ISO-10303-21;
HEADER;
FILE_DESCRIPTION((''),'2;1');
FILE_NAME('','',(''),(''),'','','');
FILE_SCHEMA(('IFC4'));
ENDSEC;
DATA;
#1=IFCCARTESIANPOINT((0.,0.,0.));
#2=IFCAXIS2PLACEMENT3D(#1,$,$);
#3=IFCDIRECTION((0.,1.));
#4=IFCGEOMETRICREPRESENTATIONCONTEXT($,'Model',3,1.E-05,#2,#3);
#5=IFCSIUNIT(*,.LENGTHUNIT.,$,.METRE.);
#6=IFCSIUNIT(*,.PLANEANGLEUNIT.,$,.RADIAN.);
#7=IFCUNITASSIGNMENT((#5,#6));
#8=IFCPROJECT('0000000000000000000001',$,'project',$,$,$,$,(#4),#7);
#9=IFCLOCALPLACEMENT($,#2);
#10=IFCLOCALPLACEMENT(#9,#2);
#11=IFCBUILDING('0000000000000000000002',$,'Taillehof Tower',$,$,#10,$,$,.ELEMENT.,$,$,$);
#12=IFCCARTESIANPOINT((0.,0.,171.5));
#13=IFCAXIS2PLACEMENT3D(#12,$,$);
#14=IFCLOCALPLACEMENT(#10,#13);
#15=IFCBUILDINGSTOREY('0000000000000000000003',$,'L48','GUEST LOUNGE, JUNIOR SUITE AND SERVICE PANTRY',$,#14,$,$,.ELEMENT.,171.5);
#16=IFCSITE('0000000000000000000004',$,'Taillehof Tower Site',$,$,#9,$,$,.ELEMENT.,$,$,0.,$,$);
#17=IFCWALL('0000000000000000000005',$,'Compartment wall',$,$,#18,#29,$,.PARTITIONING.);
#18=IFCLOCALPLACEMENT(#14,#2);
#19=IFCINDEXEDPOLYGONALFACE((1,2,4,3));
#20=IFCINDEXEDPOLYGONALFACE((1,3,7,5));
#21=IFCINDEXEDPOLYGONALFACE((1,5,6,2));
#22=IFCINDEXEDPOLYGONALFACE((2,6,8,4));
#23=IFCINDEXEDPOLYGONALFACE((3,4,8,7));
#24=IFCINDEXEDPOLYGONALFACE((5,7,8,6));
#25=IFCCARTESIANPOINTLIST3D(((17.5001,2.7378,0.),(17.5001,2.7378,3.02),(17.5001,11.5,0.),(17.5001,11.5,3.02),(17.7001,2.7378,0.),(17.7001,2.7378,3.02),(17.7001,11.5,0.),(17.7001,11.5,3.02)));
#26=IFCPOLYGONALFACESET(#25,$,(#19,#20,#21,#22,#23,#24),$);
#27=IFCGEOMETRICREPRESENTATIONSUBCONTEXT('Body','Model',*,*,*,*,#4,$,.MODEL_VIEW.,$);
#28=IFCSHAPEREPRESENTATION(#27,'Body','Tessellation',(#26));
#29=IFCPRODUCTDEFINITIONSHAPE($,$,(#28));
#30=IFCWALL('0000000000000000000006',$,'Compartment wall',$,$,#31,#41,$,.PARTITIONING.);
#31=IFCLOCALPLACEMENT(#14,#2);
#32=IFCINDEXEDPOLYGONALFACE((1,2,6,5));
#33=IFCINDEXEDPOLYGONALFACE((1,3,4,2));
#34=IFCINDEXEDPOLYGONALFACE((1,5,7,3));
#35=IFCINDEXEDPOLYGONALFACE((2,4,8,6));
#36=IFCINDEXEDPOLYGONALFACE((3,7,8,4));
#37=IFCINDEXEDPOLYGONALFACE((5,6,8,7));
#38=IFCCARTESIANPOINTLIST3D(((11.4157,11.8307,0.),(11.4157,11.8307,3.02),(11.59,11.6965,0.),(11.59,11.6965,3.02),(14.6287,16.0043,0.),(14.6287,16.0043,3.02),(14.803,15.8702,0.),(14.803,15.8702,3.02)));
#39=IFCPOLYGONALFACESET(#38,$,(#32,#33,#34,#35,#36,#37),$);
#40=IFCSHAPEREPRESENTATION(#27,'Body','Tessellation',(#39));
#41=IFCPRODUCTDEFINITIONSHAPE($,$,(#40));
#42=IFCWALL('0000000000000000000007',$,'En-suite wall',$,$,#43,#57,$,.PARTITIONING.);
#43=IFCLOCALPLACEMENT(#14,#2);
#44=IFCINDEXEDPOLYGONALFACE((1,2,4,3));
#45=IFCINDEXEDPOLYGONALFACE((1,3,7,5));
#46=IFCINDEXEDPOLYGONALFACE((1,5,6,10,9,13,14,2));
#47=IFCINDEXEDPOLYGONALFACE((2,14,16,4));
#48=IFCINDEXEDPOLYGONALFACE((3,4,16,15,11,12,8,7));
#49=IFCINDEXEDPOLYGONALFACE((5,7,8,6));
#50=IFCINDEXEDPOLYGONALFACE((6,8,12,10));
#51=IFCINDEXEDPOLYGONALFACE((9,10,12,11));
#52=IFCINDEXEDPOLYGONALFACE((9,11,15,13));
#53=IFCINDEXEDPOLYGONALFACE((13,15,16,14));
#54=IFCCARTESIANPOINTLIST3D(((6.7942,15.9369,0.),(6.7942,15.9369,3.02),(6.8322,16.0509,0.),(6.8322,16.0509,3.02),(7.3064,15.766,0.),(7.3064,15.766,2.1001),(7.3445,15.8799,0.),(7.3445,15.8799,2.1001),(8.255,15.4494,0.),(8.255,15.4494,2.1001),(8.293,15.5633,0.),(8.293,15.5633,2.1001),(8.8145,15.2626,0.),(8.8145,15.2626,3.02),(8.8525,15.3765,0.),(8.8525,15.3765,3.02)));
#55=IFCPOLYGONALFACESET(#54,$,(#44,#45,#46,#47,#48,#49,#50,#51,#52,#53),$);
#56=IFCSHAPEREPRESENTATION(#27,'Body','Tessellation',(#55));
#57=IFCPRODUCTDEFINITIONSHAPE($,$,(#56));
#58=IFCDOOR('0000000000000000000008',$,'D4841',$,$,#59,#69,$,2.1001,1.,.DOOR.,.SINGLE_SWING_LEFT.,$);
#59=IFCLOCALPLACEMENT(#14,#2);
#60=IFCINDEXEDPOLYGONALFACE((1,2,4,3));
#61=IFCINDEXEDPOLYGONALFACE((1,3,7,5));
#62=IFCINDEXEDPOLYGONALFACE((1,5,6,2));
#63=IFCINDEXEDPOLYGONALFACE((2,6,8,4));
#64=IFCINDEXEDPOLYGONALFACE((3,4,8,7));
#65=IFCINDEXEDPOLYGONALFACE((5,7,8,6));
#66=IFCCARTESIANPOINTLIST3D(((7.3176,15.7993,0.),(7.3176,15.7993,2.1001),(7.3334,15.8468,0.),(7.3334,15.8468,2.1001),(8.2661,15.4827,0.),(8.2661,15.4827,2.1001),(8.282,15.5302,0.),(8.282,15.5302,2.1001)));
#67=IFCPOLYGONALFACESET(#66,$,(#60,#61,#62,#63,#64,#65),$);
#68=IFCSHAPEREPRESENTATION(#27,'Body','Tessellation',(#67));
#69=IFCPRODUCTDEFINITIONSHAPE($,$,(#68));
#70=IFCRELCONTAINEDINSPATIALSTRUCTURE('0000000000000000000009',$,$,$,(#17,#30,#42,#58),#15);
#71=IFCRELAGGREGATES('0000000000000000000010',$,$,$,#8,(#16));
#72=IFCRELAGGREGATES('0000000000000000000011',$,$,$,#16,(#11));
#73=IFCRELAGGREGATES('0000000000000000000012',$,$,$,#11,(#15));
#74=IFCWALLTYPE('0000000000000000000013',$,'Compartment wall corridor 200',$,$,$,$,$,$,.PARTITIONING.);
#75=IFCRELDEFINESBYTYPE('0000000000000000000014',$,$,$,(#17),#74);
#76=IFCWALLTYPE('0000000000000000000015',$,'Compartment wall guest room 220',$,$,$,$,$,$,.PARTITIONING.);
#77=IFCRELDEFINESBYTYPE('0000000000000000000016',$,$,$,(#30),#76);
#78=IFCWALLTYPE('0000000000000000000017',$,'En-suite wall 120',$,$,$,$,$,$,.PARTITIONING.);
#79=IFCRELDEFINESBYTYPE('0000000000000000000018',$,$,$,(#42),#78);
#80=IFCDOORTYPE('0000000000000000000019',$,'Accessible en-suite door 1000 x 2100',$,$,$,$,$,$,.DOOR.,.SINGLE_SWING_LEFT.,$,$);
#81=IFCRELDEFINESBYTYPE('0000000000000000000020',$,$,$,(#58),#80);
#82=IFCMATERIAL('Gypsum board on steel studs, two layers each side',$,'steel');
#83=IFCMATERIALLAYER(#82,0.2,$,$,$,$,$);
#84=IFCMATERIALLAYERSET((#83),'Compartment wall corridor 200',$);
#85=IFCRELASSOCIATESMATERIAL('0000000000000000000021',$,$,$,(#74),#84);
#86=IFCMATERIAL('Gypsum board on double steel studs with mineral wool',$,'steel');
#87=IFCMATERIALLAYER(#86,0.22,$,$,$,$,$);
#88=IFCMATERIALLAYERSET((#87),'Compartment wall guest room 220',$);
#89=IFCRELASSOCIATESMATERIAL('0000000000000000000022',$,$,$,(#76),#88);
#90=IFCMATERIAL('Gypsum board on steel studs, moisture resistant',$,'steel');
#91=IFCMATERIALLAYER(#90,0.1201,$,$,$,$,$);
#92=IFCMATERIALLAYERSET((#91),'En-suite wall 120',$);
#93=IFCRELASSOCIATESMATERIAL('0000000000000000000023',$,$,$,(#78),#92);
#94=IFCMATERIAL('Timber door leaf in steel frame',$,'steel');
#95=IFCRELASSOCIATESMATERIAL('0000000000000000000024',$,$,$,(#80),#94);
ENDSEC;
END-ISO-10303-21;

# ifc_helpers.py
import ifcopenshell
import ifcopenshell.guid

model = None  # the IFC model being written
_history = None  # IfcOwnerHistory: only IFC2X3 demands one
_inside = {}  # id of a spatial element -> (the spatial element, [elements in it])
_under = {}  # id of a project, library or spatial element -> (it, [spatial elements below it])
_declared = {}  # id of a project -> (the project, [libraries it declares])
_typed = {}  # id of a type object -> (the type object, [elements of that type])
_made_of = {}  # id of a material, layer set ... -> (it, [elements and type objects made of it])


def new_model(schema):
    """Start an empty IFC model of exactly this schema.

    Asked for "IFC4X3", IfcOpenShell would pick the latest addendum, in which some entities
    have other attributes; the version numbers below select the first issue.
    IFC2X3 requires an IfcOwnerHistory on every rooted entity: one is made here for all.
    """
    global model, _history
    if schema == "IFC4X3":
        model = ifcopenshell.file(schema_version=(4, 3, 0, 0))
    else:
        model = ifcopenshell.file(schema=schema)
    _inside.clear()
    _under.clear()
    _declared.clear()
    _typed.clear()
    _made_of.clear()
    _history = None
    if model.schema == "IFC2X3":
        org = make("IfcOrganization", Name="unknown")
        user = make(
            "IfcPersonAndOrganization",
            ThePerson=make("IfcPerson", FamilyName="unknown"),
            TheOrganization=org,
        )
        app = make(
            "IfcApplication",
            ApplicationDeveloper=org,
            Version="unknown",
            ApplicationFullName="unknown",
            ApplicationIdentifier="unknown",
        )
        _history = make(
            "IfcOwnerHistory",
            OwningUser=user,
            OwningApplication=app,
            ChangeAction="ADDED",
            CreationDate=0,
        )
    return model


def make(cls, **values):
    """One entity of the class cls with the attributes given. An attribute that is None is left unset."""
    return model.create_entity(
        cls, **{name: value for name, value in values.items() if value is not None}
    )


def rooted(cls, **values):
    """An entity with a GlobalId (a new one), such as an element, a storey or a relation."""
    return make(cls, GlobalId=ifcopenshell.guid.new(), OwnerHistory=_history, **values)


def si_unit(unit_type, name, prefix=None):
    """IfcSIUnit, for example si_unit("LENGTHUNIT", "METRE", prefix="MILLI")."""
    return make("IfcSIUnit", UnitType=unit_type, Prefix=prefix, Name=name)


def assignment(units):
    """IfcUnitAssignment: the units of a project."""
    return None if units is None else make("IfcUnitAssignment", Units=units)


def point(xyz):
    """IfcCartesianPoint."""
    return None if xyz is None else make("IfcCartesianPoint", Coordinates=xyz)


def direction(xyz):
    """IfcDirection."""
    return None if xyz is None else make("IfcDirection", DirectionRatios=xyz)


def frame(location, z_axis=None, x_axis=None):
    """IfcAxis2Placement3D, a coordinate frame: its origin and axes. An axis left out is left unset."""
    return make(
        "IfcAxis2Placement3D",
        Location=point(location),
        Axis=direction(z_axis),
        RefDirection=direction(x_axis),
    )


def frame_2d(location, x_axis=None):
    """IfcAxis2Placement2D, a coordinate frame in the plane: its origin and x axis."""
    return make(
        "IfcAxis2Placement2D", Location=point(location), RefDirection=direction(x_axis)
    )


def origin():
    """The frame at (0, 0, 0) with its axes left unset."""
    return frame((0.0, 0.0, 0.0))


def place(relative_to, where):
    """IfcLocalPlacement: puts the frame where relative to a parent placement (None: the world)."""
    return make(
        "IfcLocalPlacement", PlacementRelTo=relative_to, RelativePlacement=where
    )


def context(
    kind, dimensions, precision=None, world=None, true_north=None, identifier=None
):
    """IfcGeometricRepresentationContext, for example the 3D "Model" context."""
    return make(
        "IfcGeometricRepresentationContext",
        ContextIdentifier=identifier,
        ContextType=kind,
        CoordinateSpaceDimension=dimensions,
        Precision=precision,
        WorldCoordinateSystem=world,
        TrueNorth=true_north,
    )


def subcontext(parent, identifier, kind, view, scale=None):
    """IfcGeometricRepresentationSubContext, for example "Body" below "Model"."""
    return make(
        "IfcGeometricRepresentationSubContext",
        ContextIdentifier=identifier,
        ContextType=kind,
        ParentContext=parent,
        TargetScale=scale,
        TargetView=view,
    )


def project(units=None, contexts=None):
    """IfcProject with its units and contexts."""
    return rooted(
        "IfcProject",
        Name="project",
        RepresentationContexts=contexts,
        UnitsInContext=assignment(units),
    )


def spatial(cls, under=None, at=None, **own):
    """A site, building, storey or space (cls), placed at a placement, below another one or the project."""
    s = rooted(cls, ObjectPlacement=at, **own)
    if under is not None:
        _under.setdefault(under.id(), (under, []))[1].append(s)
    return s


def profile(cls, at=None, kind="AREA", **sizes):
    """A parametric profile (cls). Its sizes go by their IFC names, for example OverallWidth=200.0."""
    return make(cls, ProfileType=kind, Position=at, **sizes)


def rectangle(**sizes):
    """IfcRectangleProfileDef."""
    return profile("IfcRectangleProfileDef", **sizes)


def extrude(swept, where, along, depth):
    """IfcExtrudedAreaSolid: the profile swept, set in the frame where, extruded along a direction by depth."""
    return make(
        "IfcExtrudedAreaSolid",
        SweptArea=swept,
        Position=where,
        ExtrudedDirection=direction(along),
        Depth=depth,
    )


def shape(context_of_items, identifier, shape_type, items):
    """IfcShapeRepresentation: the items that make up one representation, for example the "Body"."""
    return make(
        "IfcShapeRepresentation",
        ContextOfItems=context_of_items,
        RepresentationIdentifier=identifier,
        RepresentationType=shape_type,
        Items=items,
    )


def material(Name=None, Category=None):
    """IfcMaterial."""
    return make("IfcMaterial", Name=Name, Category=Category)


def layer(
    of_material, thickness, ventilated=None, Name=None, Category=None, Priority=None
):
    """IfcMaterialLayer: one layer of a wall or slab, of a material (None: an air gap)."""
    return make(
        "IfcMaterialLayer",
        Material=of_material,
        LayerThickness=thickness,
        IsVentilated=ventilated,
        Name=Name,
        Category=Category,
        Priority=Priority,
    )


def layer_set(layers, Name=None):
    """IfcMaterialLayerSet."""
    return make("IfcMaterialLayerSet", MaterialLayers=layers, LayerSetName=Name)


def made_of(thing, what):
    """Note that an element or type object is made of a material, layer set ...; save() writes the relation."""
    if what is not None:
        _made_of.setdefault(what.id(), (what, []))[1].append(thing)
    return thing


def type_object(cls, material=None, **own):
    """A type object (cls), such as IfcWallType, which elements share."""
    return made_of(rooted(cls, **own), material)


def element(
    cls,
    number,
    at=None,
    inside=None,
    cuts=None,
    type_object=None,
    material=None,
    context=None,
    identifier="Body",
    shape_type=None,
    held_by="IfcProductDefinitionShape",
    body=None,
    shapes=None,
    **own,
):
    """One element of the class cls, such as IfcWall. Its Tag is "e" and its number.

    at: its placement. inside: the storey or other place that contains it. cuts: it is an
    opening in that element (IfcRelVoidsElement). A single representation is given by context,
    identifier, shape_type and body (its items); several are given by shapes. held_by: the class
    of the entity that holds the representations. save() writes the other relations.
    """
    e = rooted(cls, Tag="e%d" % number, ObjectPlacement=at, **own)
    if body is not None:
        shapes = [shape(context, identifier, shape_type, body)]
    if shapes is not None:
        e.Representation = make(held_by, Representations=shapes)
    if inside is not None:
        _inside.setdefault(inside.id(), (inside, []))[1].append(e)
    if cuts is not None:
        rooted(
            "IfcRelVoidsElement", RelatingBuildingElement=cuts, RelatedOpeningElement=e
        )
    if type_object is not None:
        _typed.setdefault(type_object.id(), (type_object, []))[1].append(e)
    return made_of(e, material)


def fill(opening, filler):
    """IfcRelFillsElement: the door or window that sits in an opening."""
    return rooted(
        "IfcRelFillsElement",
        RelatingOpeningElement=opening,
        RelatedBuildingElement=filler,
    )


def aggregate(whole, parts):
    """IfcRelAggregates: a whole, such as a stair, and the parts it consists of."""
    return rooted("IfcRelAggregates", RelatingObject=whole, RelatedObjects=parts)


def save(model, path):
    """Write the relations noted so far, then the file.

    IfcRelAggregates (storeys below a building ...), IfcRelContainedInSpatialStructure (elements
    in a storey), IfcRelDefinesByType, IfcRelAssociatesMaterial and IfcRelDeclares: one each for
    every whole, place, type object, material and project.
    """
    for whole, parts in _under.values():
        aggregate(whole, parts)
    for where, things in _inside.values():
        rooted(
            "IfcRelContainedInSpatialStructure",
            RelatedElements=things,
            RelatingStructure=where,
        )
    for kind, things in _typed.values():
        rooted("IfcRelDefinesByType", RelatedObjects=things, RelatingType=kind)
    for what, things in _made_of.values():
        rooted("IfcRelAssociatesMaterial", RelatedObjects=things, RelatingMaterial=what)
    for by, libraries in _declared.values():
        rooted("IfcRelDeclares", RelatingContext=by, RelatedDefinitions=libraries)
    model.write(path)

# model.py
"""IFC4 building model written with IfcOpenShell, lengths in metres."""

from ifc_helpers import new_model, si_unit, direction, frame, frame_2d, origin, place, context, subcontext, project, spatial, rectangle, extrude, material, layer, layer_set, type_object, element, fill, save


model = new_model("IFC4")

# Units and contexts
model_context = context("Model", 3, precision=1e-05, world=origin(), true_north=direction((0.0, 1.0)))
body_context = subcontext(model_context, "Body", "Model", "MODEL_VIEW")
ifc_project = project(units=[si_unit("LENGTHUNIT", "METRE"), si_unit("PLANEANGLEUNIT", "RADIAN")], contexts=[model_context])

# Site, building, storey
site_placement = place(None, origin())
site = spatial("IfcSite", under=ifc_project, at=site_placement, Name="Taillehof Tower Site", CompositionType="ELEMENT", RefElevation=0.0)
building_placement = place(site_placement, origin())
building = spatial("IfcBuilding", under=site, at=building_placement, Name="Taillehof Tower", CompositionType="ELEMENT")
storey_placement = place(building_placement, frame((0.0, 0.0, 171.5)))
storey = spatial("IfcBuildingStorey", under=building, at=storey_placement, Name="L48", Description="GUEST LOUNGE, JUNIOR SUITE AND SERVICE PANTRY", CompositionType="ELEMENT", Elevation=171.5)

# Shared definitions
ifc_material_1 = material(Name="Gypsum board on steel studs, two layers each side", Category="steel")
ifc_layer_1 = layer(ifc_material_1, 0.2)
ifc_layer_set_1 = layer_set([ifc_layer_1], Name="Compartment wall corridor 200")
wall_type_1 = type_object("IfcWallType", Name="Compartment wall corridor 200", PredefinedType="PARTITIONING", material=ifc_layer_set_1)

# Walls
wall_1_placement = place(storey_placement, frame((17.6001, 11.5, 0.0), z_axis=(0.0, 0.0, 1.0), x_axis=(0.0, -1.0, 0.0)))
element("IfcWall", 1, at=wall_1_placement, inside=storey, type_object=wall_type_1, Name="Compartment wall", PredefinedType="PARTITIONING", context=body_context, shape_type="SweptSolid", body=[
    extrude(rectangle(XDim=8.7622, YDim=0.2, at=frame_2d((4.3811, 0.0))), origin(), (0.0, 0.0, 1.0), 3.02),
])
ifc_material_2 = material(Name="Gypsum board on double steel studs with mineral wool", Category="steel")
ifc_layer_2 = layer(ifc_material_2, 0.22)
ifc_layer_set_2 = layer_set([ifc_layer_2], Name="Compartment wall guest room 220")
wall_type_2 = type_object("IfcWallType", Name="Compartment wall guest room 220", PredefinedType="PARTITIONING", material=ifc_layer_set_2)
wall_2_placement = place(storey_placement, frame((14.7158, 15.9373, 0.0), z_axis=(0.0, 0.0, 1.0), x_axis=(-0.610002, -0.7924, 0.0)))
element("IfcWall", 2, at=wall_2_placement, inside=storey, type_object=wall_type_2, Name="Compartment wall", PredefinedType="PARTITIONING", context=body_context, shape_type="SweptSolid", body=[
    extrude(rectangle(XDim=5.2671, YDim=0.22, at=frame_2d((2.6335, 0.0))), origin(), (0.0, 0.0, 1.0), 3.02),
])

# Wall, opening, door
ifc_material_3 = material(Name="Gypsum board on steel studs, moisture resistant", Category="steel")
ifc_layer_3 = layer(ifc_material_3, 0.1201)
ifc_layer_set_3 = layer_set([ifc_layer_3], Name="En-suite wall 120")
wall_type_3 = type_object("IfcWallType", Name="En-suite wall 120", PredefinedType="PARTITIONING", material=ifc_layer_set_3)
wall_3_placement = place(storey_placement, frame((8.8335, 15.3196, 0.0), z_axis=(0.0, 0.0, 1.0), x_axis=(-0.948557, 0.316606, 0.0)))
wall_3 = element("IfcWall", 3, at=wall_3_placement, inside=storey, type_object=wall_type_3, Name="En-suite wall", PredefinedType="PARTITIONING", context=body_context, shape_type="SweptSolid", body=[
    extrude(rectangle(XDim=2.1299, YDim=0.1201, at=frame_2d((1.0649, 0.0))), origin(), (0.0, 0.0, 1.0), 3.02),
])
opening_1_placement = place(wall_3_placement, frame((0.5898, 0.0, 0.0)))
opening_1 = element("IfcOpeningElement", 4, at=opening_1_placement, cuts=wall_3, PredefinedType="OPENING", context=body_context, shape_type="SweptSolid", body=[
    extrude(rectangle(XDim=1.0, YDim=2.1001, at=frame_2d((0.5, 1.05))), frame((0.0, 0.0701, 0.0), z_axis=(0.0, -1.0, 0.0), x_axis=(1.0, 0.0, 0.0)), (0.0, 0.0, 1.0), 0.1401),
])
ifc_material_4 = material(Name="Timber door leaf in steel frame", Category="steel")
door_type_1 = type_object("IfcDoorType", Name="Accessible en-suite door 1000 x 2100", OperationType="SINGLE_SWING_LEFT", PredefinedType="DOOR", material=ifc_material_4)
door_1_placement = place(opening_1_placement, origin())
door_1 = element("IfcDoor", 5, at=door_1_placement, inside=storey, type_object=door_type_1, Name="D4841", OperationType="SINGLE_SWING_LEFT", OverallHeight=2.1001, OverallWidth=1.0, PredefinedType="DOOR", context=body_context, shape_type="SweptSolid", body=[
    extrude(rectangle(XDim=1.0, YDim=2.1001, at=frame_2d((0.5, 1.05))), frame((0.0, 0.0249, 0.0), z_axis=(0.0, -1.0, 0.0), x_axis=(1.0, 0.0, 0.0)), (0.0, 0.0, 1.0), 0.05),
])
fill(opening_1, door_1)

save(model, "model.ifc")
